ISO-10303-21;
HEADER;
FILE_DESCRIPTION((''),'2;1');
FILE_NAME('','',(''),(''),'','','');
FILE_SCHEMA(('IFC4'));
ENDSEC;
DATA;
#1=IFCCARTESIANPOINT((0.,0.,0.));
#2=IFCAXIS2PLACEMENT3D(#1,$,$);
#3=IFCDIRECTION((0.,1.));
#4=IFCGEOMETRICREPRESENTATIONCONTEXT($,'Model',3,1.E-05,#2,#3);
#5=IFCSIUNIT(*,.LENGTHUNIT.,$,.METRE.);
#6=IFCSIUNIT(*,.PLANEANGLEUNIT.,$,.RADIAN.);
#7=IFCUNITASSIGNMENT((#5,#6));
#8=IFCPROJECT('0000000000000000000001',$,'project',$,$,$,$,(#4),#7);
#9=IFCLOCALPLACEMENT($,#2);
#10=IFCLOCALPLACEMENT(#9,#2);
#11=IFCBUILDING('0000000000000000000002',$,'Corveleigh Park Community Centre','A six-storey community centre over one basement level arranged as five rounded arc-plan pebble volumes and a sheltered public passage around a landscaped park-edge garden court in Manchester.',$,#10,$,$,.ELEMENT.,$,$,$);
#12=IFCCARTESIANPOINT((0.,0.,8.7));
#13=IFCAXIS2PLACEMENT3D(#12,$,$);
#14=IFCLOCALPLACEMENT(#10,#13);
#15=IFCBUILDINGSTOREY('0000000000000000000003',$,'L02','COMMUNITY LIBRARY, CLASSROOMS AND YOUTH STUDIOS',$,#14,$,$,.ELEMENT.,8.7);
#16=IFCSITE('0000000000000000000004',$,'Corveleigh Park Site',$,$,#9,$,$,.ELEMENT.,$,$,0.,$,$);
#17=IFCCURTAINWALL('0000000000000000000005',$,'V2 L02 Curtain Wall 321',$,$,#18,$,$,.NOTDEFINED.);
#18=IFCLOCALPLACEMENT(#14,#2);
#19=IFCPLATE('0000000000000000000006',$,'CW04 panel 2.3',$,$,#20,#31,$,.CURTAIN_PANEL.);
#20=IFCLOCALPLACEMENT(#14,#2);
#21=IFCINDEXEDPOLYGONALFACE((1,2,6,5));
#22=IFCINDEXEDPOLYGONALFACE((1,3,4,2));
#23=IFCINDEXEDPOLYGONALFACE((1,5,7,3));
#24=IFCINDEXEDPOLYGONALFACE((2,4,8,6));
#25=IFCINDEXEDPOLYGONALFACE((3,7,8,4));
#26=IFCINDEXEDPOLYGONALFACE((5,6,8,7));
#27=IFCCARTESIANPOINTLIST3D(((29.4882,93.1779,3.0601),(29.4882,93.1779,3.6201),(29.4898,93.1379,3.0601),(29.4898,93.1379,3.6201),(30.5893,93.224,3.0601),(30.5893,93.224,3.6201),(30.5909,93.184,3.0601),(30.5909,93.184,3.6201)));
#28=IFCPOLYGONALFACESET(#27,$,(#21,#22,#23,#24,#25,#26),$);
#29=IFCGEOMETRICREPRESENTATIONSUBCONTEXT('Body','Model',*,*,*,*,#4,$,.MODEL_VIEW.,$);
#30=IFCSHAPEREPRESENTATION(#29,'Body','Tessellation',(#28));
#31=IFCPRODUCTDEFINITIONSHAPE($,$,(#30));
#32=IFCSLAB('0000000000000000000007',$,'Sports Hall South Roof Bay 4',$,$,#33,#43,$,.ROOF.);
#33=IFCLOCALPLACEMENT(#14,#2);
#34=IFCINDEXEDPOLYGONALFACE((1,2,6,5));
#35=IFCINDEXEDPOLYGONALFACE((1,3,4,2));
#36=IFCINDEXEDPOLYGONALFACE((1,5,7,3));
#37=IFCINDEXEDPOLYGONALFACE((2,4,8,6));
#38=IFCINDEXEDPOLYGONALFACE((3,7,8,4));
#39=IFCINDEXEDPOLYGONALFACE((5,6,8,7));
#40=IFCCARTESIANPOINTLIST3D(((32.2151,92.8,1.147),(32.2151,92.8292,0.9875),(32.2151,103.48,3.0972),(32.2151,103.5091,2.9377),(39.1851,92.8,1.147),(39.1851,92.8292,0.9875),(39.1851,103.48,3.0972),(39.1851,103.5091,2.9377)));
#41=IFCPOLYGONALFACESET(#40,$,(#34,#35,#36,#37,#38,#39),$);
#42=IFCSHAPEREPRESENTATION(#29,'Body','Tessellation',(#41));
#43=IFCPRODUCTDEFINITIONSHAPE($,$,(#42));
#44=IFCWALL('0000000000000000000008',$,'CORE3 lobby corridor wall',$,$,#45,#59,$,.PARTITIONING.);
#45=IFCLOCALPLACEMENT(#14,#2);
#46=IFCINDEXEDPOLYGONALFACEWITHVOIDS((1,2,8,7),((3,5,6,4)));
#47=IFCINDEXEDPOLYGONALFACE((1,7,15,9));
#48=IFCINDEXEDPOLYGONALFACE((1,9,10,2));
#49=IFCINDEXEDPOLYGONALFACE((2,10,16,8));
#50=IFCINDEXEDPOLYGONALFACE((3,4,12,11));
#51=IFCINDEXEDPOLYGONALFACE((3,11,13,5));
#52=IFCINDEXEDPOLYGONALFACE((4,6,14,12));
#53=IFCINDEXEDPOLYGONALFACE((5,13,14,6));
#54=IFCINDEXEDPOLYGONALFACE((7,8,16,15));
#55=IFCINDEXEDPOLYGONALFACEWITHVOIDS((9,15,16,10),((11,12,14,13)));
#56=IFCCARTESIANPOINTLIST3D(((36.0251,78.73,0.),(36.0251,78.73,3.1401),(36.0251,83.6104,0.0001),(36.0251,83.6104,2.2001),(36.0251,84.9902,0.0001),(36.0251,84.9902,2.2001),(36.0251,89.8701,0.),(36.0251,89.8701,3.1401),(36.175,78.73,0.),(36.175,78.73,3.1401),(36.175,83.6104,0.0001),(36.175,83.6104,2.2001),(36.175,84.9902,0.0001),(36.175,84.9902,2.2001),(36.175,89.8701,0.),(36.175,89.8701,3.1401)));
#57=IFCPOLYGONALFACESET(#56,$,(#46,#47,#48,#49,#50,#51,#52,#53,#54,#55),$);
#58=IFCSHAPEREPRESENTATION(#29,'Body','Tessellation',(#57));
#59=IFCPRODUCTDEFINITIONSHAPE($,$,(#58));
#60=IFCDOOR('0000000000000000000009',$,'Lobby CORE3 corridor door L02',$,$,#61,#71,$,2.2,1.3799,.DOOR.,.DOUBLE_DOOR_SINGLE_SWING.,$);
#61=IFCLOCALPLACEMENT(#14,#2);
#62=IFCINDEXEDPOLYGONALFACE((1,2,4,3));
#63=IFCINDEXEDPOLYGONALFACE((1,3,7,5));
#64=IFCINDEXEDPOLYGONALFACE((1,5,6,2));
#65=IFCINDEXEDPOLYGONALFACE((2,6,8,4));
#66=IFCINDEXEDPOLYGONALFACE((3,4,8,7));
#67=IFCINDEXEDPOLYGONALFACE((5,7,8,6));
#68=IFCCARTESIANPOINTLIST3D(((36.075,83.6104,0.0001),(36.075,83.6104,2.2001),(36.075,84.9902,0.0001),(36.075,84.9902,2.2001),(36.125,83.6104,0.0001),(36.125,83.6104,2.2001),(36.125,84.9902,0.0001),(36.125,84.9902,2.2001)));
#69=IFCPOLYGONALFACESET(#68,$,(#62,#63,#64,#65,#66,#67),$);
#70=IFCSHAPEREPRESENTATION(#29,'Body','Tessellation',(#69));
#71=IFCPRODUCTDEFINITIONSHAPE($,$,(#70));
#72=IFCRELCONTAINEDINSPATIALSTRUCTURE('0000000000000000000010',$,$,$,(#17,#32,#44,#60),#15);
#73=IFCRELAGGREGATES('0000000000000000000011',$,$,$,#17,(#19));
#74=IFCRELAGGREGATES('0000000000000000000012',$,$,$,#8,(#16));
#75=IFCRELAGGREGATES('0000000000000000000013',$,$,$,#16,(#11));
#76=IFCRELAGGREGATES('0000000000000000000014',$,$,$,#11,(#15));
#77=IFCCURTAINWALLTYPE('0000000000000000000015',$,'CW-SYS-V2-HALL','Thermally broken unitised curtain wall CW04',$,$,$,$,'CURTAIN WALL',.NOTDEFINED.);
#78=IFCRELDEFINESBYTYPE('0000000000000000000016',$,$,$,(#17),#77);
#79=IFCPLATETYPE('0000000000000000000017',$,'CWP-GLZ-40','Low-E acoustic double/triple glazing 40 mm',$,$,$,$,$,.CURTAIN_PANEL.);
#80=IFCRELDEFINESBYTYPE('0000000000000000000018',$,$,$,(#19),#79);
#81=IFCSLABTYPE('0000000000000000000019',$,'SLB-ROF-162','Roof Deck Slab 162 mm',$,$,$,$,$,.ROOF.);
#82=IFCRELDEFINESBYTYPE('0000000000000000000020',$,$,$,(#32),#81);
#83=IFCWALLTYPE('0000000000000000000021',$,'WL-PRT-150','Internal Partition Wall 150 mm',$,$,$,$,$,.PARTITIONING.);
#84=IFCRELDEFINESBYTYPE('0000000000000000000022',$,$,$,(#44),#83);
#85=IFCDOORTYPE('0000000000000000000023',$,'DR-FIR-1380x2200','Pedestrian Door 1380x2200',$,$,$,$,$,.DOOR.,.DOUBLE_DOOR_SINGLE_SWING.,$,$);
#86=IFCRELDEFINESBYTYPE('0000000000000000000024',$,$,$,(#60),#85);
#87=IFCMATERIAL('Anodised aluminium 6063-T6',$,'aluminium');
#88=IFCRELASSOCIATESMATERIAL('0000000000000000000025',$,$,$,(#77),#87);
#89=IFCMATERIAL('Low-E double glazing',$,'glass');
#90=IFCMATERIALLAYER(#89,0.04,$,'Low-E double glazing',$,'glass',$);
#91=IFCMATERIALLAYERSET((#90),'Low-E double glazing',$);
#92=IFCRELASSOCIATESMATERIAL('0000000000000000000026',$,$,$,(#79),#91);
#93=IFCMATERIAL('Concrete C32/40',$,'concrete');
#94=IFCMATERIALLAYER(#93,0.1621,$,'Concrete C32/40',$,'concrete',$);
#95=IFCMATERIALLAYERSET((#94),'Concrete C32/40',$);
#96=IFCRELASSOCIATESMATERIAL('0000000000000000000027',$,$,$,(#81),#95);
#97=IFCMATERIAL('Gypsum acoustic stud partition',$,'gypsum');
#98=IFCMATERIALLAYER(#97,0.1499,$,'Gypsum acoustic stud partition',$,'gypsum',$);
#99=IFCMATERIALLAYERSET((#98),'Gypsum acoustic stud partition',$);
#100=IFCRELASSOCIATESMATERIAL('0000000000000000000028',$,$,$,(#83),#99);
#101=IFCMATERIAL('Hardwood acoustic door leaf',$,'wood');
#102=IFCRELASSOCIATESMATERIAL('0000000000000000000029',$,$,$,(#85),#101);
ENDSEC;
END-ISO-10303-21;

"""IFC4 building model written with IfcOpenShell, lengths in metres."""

from ifc_helpers import new_model, si_unit, direction, frame, frame_2d, origin, origin_2d, place, context, subcontext, project, spatial, polyline, rectangle, outline, extrude, material, layer, layer_set, type_object, element, fill, aggregate, save


model = new_model("IFC4")

# Units and contexts
model_context = context("Model", 3, precision=1e-05, world=origin(), true_north=direction((0.0, 1.0)))
body_context = subcontext(model_context, "Body", "Model", "MODEL_VIEW")
ifc_project = project(units=[si_unit("LENGTHUNIT", "METRE"), si_unit("PLANEANGLEUNIT", "RADIAN")], contexts=[model_context])

# Site, building, storey
site_placement = place(None, origin())
site = spatial("IfcSite", under=ifc_project, at=site_placement, Name="Corveleigh Park Site", CompositionType="ELEMENT", RefElevation=0.0)
building_placement = place(site_placement, origin())
building = spatial("IfcBuilding", under=site, at=building_placement, Name="Corveleigh Park Community Centre", Description="A six-storey community centre over one basement level arranged as five rounded arc-plan pebble volumes and a sheltered public passage around a landscaped park-edge garden court in Manchester.", CompositionType="ELEMENT")
storey_placement = place(building_placement, frame((0.0, 0.0, 8.7)))
storey = spatial("IfcBuildingStorey", under=building, at=storey_placement, Name="L02", Description="COMMUNITY LIBRARY, CLASSROOMS AND YOUTH STUDIOS", CompositionType="ELEMENT", Elevation=8.7)

# Curtain wall
ifc_material_1 = material(Name="Anodised aluminium 6063-T6", Category="aluminium")
curtain_wall_type = type_object("IfcCurtainWallType", Name="CW-SYS-V2-HALL", Description="Thermally broken unitised curtain wall CW04", ElementType="CURTAIN WALL", PredefinedType="NOTDEFINED", material=ifc_material_1)
curtain_wall_1_placement = place(storey_placement, origin())
curtain_wall_1 = element("IfcCurtainWall", 1, at=curtain_wall_1_placement, inside=storey, type_object=curtain_wall_type, Name="V2 L02 Curtain Wall 321", PredefinedType="NOTDEFINED")

# Plate
ifc_material_2 = material(Name="Low-E double glazing", Category="glass")
ifc_layer_1 = layer(ifc_material_2, 0.04, Name="Low-E double glazing", Category="glass")
ifc_layer_set_1 = layer_set([ifc_layer_1], Name="Low-E double glazing")
plate_type_1 = type_object("IfcPlateType", Name="CWP-GLZ-40", Description="Low-E acoustic double/triple glazing 40 mm", PredefinedType="CURTAIN_PANEL", material=ifc_layer_set_1)
plate_1_placement = place(storey_placement, frame((30.0396, 93.1809, 3.0601), z_axis=(0.0, 0.0, 1.0), x_axis=(0.999124, 0.041837, 0.0)))
plate_1 = element("IfcPlate", 2, at=plate_1_placement, type_object=plate_type_1, Name="CW04 panel 2.3", PredefinedType="CURTAIN_PANEL", context=body_context, shape_type="SweptSolid", body=[
    extrude(rectangle(XDim=1.1021, YDim=0.04, at=origin_2d()), origin(), (0.0, 0.0, 1.0), 0.5601),
])
aggregate(curtain_wall_1, [plate_1])

# Slab
ifc_material_3 = material(Name="Concrete C32/40", Category="concrete")
ifc_layer_2 = layer(ifc_material_3, 0.1621, Name="Concrete C32/40", Category="concrete")
ifc_layer_set_2 = layer_set([ifc_layer_2], Name="Concrete C32/40")
slab_type = type_object("IfcSlabType", Name="SLB-ROF-162", Description="Roof Deck Slab 162 mm", PredefinedType="ROOF", material=ifc_layer_set_2)
slab_placement = place(storey_placement, frame((32.2151, 92.8, 1.147), z_axis=(0.0, -0.179633, 0.983734), x_axis=(1.0, 0.0, 0.0)))
element("IfcSlab", 3, at=slab_placement, inside=storey, type_object=slab_type, Name="Sports Hall South Roof Bay 4", PredefinedType="ROOF", context=body_context, shape_type="SweptSolid", body=[
    extrude(outline(polyline([(0.0, 0.0), (6.97, 0.0), (6.97, 10.8565), (0.0, 10.8565), (0.0, 0.0)])), origin(), (0.0, 0.0, -1.0), 0.1621),
])

# Wall, opening, door
ifc_material_4 = material(Name="Gypsum acoustic stud partition", Category="gypsum")
ifc_layer_3 = layer(ifc_material_4, 0.1499, Name="Gypsum acoustic stud partition", Category="gypsum")
ifc_layer_set_3 = layer_set([ifc_layer_3], Name="Gypsum acoustic stud partition")
wall_type = type_object("IfcWallType", Name="WL-PRT-150", Description="Internal Partition Wall 150 mm", PredefinedType="PARTITIONING", material=ifc_layer_set_3)
wall_placement = place(storey_placement, frame((36.1001, 89.8701, 0.0), z_axis=(0.0, 0.0, 1.0), x_axis=(0.0, -1.0, 0.0)))
wall = element("IfcWall", 4, at=wall_placement, inside=storey, type_object=wall_type, Name="CORE3 lobby corridor wall", PredefinedType="PARTITIONING", context=body_context, shape_type="SweptSolid", body=[
    extrude(rectangle(XDim=11.1401, YDim=0.1499, at=frame_2d((5.5701, 0.0))), origin(), (0.0, 0.0, 1.0), 3.1401),
])
opening_placement = place(wall_placement, frame((4.8799, 0.0, 0.0)))
opening = element("IfcOpeningElement", 5, at=opening_placement, cuts=wall, PredefinedType="OPENING", context=body_context, shape_type="SweptSolid", body=[
    extrude(rectangle(XDim=1.3799, YDim=2.2, at=frame_2d((0.6899, 1.1001))), frame((0.0, 0.085, 0.0), z_axis=(0.0, -1.0, 0.0), x_axis=(1.0, 0.0, 0.0)), (0.0, 0.0, 1.0), 0.1699),
])
ifc_material_5 = material(Name="Hardwood acoustic door leaf", Category="wood")
door_type = type_object("IfcDoorType", Name="DR-FIR-1380x2200", Description="Pedestrian Door 1380x2200", OperationType="DOUBLE_DOOR_SINGLE_SWING", PredefinedType="DOOR", material=ifc_material_5)
door_placement = place(opening_placement, origin())
door = element("IfcDoor", 6, at=door_placement, inside=storey, type_object=door_type, Name="Lobby CORE3 corridor door L02", OperationType="DOUBLE_DOOR_SINGLE_SWING", OverallHeight=2.2, OverallWidth=1.3799, PredefinedType="DOOR", context=body_context, shape_type="SweptSolid", body=[
    extrude(rectangle(XDim=1.3799, YDim=2.2, at=frame_2d((0.6899, 1.1001))), frame((0.0, 0.0249, 0.0), z_axis=(0.0, -1.0, 0.0), x_axis=(1.0, 0.0, 0.0)), (0.0, 0.0, 1.0), 0.05),
])
fill(opening, door)

save(model, "model.ifc")
